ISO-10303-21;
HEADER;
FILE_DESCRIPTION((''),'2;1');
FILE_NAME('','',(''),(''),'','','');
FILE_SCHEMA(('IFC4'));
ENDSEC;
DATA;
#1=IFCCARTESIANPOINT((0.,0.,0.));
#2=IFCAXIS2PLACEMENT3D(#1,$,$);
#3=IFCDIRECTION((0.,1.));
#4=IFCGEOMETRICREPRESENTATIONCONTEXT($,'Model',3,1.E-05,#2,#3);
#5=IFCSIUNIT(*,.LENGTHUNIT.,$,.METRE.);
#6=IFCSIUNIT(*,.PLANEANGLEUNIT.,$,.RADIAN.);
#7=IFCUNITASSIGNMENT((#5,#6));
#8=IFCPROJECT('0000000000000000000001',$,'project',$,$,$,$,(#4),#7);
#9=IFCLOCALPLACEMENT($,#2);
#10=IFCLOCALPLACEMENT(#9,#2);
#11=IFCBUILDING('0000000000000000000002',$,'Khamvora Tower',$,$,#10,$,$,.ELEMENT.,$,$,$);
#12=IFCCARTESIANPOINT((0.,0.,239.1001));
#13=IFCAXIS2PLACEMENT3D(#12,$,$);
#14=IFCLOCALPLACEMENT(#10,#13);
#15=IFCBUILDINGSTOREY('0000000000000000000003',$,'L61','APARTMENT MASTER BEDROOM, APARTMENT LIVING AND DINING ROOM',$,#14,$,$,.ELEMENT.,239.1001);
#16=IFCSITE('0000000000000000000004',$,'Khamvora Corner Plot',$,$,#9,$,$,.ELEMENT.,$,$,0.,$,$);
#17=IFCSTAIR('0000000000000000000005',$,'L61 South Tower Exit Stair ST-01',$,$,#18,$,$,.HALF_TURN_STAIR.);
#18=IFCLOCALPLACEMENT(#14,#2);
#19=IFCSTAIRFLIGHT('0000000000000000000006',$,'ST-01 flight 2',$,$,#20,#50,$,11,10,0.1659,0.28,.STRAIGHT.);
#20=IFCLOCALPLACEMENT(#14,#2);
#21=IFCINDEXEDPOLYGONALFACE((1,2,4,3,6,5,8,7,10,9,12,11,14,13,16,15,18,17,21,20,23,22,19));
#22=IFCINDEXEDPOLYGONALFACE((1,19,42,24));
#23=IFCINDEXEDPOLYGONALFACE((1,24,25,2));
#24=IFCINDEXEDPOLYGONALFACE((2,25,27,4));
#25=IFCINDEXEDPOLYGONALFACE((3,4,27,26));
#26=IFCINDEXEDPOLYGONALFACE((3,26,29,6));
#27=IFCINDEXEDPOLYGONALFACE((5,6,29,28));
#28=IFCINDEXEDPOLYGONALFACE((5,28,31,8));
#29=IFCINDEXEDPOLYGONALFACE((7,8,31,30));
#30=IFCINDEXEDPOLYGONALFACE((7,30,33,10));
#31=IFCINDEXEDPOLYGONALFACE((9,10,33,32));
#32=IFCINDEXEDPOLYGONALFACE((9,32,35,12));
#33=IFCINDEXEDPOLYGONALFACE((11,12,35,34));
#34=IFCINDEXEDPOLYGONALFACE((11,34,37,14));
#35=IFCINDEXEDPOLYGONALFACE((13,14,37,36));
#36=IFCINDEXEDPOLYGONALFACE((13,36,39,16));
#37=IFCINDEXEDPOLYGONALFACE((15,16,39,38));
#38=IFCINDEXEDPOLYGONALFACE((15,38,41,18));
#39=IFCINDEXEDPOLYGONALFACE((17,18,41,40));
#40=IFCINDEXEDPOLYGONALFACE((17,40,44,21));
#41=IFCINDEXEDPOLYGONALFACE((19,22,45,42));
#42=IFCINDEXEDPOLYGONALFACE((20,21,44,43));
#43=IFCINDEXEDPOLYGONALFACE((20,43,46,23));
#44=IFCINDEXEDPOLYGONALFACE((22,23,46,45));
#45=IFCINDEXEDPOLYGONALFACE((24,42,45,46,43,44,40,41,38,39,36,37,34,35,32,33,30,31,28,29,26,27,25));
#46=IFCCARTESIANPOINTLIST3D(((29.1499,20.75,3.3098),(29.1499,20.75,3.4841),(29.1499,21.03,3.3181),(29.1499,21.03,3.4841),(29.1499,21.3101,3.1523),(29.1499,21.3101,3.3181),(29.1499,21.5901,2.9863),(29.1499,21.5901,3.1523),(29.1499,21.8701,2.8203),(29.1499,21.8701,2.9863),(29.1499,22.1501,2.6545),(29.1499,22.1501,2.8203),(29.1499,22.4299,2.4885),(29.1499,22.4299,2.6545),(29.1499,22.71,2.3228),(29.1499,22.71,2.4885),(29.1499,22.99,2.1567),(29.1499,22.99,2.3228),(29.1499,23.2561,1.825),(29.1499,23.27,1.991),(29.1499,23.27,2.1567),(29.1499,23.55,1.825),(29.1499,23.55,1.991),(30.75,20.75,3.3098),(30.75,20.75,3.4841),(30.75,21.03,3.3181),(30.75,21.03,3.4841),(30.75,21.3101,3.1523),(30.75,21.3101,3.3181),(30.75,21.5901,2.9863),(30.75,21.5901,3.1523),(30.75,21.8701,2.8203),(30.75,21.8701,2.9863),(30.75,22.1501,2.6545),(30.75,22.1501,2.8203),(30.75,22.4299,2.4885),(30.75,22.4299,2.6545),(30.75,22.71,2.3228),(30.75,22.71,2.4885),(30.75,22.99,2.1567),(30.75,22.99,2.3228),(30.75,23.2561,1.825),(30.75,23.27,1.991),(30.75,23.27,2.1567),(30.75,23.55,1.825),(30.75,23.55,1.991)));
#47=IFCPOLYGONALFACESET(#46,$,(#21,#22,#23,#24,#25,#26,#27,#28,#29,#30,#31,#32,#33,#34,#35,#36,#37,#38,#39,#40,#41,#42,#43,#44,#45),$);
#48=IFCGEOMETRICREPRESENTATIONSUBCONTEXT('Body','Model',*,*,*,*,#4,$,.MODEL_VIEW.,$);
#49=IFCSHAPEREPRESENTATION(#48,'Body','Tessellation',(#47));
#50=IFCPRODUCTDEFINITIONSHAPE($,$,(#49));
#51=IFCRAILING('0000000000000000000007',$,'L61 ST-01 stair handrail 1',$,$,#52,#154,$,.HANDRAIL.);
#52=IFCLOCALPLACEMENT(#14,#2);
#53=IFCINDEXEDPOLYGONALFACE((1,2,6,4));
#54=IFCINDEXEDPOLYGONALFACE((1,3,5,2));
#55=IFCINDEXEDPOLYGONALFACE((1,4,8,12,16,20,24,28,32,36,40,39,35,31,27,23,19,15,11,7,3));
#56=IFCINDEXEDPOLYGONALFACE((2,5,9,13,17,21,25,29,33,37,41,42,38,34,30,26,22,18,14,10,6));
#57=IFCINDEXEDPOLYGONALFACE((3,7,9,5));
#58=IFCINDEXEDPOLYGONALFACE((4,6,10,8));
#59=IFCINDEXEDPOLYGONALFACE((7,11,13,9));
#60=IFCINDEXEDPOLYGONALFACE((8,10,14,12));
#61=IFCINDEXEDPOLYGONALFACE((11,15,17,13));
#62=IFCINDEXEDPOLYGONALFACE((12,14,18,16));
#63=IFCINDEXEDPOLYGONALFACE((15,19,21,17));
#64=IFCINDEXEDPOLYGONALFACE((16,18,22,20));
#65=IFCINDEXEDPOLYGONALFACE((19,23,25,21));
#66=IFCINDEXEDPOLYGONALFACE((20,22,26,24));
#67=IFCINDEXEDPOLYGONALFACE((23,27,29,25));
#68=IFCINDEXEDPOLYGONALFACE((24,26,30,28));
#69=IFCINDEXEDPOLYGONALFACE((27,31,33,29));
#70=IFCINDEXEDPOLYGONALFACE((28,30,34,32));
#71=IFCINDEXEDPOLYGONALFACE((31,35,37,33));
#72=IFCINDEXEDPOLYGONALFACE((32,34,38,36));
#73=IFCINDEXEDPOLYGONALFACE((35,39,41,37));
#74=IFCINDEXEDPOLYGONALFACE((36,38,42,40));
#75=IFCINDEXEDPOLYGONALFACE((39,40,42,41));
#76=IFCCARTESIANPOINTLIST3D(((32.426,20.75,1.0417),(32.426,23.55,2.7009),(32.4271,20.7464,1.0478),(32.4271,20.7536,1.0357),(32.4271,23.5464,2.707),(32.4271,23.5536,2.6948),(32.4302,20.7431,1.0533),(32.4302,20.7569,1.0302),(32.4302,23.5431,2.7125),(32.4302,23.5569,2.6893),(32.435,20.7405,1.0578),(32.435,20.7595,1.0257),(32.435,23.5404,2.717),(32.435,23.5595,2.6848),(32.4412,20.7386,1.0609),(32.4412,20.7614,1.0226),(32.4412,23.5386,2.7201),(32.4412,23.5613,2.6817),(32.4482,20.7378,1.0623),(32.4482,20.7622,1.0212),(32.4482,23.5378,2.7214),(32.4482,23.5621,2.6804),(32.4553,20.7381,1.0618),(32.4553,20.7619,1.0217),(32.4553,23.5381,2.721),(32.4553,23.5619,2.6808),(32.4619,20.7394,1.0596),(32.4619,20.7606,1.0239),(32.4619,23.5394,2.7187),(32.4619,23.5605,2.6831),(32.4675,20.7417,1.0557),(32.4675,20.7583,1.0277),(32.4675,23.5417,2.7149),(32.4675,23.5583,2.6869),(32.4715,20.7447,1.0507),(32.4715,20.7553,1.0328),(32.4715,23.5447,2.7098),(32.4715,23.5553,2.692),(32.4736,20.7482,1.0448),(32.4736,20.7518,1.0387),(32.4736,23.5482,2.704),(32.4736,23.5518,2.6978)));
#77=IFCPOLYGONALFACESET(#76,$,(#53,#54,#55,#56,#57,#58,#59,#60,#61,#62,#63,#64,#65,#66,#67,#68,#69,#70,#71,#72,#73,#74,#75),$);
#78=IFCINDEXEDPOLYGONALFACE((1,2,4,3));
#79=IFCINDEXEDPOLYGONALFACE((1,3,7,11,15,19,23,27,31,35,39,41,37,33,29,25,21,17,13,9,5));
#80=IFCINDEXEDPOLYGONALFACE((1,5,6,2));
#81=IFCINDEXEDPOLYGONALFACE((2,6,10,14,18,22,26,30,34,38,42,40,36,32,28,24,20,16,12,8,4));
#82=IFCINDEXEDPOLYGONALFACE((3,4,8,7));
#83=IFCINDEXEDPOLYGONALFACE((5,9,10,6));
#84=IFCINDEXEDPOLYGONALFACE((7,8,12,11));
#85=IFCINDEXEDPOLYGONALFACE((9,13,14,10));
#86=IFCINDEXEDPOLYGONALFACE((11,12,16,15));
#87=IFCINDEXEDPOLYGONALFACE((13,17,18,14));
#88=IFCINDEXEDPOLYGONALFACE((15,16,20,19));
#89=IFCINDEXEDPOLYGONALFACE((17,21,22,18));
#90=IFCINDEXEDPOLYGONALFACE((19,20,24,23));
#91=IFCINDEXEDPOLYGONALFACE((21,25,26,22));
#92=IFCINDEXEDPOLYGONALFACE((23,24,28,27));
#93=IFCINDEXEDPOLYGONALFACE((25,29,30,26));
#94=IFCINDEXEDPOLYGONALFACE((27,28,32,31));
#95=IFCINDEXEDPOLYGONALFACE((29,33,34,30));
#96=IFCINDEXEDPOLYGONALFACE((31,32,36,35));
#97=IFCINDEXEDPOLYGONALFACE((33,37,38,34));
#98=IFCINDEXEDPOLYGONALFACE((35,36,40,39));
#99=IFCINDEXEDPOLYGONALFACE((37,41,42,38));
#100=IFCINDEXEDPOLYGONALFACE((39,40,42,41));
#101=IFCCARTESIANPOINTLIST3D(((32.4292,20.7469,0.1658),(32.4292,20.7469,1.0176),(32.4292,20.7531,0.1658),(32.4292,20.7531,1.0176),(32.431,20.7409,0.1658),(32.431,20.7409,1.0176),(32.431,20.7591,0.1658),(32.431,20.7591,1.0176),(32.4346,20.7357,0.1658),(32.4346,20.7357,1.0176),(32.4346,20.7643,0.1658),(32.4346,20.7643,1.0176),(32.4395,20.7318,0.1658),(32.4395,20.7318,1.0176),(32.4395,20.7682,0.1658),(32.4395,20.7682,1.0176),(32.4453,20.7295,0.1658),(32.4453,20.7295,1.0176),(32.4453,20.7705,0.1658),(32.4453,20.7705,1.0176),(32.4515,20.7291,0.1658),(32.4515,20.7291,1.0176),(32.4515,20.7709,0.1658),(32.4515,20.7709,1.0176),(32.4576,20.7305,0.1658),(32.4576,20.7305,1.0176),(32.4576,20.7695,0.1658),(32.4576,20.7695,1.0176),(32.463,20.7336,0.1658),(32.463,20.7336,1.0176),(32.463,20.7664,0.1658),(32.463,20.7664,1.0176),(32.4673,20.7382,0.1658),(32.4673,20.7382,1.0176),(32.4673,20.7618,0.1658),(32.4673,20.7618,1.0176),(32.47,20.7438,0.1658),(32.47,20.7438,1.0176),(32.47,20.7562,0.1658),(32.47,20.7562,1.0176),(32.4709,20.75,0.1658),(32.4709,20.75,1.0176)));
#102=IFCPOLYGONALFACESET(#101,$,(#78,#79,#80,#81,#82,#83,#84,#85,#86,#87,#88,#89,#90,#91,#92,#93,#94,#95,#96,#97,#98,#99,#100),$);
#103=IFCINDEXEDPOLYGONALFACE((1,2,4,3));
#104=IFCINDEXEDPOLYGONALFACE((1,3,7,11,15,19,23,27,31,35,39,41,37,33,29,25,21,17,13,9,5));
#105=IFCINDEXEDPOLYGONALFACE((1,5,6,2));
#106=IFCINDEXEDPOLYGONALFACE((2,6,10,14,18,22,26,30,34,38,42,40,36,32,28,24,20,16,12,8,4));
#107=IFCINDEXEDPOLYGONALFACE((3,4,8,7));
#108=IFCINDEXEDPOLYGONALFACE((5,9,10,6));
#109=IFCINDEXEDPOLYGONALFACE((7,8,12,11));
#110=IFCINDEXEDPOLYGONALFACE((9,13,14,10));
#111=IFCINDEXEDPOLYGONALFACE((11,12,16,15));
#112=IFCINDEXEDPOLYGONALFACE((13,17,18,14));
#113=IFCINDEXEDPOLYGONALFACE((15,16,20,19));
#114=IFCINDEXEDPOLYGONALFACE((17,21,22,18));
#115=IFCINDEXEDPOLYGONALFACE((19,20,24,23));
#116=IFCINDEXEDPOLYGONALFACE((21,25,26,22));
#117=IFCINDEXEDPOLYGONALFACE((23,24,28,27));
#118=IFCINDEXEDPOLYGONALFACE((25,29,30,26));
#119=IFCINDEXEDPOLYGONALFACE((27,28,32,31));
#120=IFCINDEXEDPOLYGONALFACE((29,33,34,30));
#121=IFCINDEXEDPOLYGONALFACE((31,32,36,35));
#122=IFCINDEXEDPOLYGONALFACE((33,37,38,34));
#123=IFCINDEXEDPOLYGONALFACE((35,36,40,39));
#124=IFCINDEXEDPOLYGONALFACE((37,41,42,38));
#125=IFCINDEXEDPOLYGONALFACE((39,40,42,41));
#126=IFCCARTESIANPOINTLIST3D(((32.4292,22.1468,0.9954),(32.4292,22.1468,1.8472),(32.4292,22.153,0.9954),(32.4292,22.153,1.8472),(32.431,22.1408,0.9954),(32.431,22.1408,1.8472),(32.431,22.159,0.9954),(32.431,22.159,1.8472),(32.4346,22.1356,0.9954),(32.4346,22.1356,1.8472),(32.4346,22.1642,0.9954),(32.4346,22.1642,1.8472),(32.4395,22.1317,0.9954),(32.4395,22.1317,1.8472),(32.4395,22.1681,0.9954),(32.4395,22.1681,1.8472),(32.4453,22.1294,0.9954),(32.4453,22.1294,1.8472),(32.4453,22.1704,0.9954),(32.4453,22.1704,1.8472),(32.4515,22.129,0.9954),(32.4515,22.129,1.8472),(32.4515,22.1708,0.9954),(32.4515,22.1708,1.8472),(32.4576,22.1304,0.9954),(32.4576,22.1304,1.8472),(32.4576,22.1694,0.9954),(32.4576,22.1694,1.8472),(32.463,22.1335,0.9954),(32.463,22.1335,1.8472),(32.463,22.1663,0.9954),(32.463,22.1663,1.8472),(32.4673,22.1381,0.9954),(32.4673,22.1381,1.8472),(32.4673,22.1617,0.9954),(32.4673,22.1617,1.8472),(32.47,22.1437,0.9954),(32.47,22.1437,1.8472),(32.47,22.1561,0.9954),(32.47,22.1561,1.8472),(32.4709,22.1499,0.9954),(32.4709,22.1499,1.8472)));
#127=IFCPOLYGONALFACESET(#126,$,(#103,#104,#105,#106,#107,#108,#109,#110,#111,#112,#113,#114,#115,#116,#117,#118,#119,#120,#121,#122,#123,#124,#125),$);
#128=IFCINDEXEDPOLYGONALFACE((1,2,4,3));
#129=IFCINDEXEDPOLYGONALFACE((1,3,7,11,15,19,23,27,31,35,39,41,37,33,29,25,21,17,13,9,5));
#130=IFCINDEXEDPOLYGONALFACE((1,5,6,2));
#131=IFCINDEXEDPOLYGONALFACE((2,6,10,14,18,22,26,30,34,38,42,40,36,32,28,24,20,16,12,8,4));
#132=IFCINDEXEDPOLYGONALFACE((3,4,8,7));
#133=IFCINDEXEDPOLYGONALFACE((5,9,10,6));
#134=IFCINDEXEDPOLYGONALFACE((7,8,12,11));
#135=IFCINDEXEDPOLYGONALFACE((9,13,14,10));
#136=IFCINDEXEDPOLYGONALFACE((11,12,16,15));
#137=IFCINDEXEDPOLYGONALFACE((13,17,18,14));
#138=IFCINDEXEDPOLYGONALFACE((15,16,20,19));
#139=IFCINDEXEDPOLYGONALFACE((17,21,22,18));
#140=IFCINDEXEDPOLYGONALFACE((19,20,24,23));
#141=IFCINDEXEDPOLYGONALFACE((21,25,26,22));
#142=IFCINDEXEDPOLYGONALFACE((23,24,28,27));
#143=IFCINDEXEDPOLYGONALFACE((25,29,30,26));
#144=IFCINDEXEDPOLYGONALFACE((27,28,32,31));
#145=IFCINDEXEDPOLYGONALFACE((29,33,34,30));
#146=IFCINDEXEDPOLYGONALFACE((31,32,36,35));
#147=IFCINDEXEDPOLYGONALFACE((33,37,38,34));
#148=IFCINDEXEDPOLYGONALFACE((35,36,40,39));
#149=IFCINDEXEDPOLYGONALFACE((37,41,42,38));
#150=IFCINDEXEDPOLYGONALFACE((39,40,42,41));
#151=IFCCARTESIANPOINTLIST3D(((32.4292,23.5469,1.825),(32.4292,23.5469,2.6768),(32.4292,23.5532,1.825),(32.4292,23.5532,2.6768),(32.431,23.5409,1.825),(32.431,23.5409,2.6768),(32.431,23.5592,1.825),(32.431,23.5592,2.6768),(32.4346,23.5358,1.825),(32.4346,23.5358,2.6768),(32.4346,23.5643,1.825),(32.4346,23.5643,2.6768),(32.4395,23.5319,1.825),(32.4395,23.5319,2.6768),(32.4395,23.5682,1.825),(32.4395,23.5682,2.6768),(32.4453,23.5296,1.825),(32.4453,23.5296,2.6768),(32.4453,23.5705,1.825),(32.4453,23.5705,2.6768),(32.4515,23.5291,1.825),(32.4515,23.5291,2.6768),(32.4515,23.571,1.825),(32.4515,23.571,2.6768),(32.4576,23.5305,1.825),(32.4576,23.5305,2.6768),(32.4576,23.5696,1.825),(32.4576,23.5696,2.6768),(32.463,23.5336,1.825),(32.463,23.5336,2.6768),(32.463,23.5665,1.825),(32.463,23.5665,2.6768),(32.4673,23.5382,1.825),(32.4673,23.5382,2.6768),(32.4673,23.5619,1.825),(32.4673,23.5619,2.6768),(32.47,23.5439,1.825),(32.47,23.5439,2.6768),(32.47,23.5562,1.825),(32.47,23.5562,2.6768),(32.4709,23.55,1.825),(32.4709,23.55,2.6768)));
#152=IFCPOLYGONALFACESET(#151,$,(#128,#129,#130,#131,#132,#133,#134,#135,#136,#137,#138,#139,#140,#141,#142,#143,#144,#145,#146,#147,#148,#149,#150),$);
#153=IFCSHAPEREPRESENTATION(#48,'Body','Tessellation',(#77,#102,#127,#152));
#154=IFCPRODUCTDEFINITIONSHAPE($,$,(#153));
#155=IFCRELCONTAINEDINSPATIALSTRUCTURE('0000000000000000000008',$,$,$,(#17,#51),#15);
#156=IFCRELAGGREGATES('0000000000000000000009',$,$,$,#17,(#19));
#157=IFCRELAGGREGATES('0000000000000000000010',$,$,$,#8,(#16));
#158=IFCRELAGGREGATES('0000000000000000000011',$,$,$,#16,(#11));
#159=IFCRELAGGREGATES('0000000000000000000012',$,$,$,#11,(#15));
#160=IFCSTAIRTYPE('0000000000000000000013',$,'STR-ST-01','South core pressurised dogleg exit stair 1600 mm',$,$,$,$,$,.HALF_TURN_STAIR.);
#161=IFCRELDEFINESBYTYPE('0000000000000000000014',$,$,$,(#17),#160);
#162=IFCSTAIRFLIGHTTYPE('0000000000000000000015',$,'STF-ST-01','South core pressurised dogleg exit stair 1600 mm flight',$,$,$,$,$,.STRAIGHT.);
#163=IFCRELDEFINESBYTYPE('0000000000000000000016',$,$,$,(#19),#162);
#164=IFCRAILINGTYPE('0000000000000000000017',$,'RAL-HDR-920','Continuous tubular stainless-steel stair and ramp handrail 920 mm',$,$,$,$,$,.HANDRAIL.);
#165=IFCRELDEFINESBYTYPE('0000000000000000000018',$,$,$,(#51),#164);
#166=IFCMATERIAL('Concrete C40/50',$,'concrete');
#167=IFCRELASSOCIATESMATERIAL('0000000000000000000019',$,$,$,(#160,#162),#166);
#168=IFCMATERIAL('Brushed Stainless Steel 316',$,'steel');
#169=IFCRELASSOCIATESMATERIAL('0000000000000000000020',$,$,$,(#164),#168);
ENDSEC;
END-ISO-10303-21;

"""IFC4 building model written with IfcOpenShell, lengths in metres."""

from ifc_helpers import new_model, si_unit, direction, frame, origin, origin_2d, place, context, subcontext, project, spatial, polyline, circle, outline, extrude, material, type_object, element, aggregate, save


model = new_model("IFC4")

# Units and contexts
model_context = context("Model", 3, precision=1e-05, world=origin(), true_north=direction((0.0, 1.0)))
body_context = subcontext(model_context, "Body", "Model", "MODEL_VIEW")
ifc_project = project(units=[si_unit("LENGTHUNIT", "METRE"), si_unit("PLANEANGLEUNIT", "RADIAN")], contexts=[model_context])

# Site, building, storey
site_placement = place(None, origin())
site = spatial("IfcSite", under=ifc_project, at=site_placement, Name="Khamvora Corner Plot", CompositionType="ELEMENT", RefElevation=0.0)
building_placement = place(site_placement, origin())
building = spatial("IfcBuilding", under=site, at=building_placement, Name="Khamvora Tower", CompositionType="ELEMENT")
storey_placement = place(building_placement, frame((0.0, 0.0, 239.1001)))
storey = spatial("IfcBuildingStorey", under=building, at=storey_placement, Name="L61", Description="APARTMENT MASTER BEDROOM, APARTMENT LIVING AND DINING ROOM", CompositionType="ELEMENT", Elevation=239.1001)

# Shared definitions
ifc_material_1 = material(Name="Concrete C40/50", Category="concrete")

# Stair, stair flight
stair_type = type_object("IfcStairType", Name="STR-ST-01", Description="South core pressurised dogleg exit stair 1600 mm", PredefinedType="HALF_TURN_STAIR", material=ifc_material_1)
stair_placement = place(storey_placement, origin())
stair = element("IfcStair", 1, at=stair_placement, inside=storey, type_object=stair_type, Name="L61 South Tower Exit Stair ST-01", PredefinedType="HALF_TURN_STAIR")
stair_flight_type = type_object("IfcStairFlightType", Name="STF-ST-01", Description="South core pressurised dogleg exit stair 1600 mm flight", PredefinedType="STRAIGHT", material=ifc_material_1)
stair_flight_1_placement = place(storey_placement, frame((29.95, 23.55, 1.825), z_axis=(0.0, 0.0, 1.0), x_axis=(0.0, -1.0, 0.0)))
stair_flight_1 = element("IfcStairFlight", 2, at=stair_flight_1_placement, type_object=stair_flight_type, Name="ST-01 flight 2", NumberOfRisers=11, NumberOfTreads=10, PredefinedType="STRAIGHT", RiserHeight=0.1659, TreadLength=0.28, context=body_context, shape_type="SweptSolid", body=[
    extrude(outline(polyline([(0.0, 0.0), (0.0, 0.166), (0.28, 0.166), (0.28, 0.3318), (0.5601, 0.3318), (0.5601, 0.4978), (0.8401, 0.4978), (0.8401, 0.6636), (1.1201, 0.6636), (1.1201, 0.8296), (1.3999, 0.8296), (1.3999, 0.9954), (1.6799, 0.9954), (1.6799, 1.1614), (1.96, 1.1614), (1.96, 1.3274), (2.24, 1.3274), (2.24, 1.4932), (2.52, 1.4932), (2.52, 1.6592), (2.8, 1.6592), (2.8, 1.825), (2.8, 1.4849), (0.2939, 0.0), (0.0, 0.0)])), frame((0.0, 0.8, 0.0), z_axis=(0.0, -1.0, 0.0), x_axis=(1.0, 0.0, 0.0)), (0.0, 0.0, 1.0), 1.6001),
])
aggregate(stair, [stair_flight_1])

# Railing
ifc_material_2 = material(Name="Brushed Stainless Steel 316", Category="steel")
railing_type_1 = type_object("IfcRailingType", Name="RAL-HDR-920", Description="Continuous tubular stainless-steel stair and ramp handrail 920 mm", PredefinedType="HANDRAIL", material=ifc_material_2)
railing_1_placement = place(storey_placement, frame((32.45, 20.75, 0.1658)))
element("IfcRailing", 3, at=railing_1_placement, inside=storey, type_object=railing_type_1, Name="L61 ST-01 stair handrail 1", PredefinedType="HANDRAIL", context=body_context, shape_type="SweptSolid", body=[
    extrude(circle(Radius=0.0239, at=origin_2d()), frame((0.0, 0.0, 0.876), z_axis=(0.0, 0.860306, 0.509778), x_axis=(-1.0, 0.0, 0.0)), (0.0, 0.0, 1.0), 3.2546),
    extrude(circle(Radius=0.021, at=origin_2d()), origin(), (0.0, 0.0, 1.0), 0.8518),
    extrude(circle(Radius=0.021, at=origin_2d()), frame((0.0, 1.3999, 0.8296)), (0.0, 0.0, 1.0), 0.8518),
    extrude(circle(Radius=0.021, at=origin_2d()), frame((0.0, 2.8, 1.6592)), (0.0, 0.0, 1.0), 0.8518),
])

save(model, "model.ifc")
